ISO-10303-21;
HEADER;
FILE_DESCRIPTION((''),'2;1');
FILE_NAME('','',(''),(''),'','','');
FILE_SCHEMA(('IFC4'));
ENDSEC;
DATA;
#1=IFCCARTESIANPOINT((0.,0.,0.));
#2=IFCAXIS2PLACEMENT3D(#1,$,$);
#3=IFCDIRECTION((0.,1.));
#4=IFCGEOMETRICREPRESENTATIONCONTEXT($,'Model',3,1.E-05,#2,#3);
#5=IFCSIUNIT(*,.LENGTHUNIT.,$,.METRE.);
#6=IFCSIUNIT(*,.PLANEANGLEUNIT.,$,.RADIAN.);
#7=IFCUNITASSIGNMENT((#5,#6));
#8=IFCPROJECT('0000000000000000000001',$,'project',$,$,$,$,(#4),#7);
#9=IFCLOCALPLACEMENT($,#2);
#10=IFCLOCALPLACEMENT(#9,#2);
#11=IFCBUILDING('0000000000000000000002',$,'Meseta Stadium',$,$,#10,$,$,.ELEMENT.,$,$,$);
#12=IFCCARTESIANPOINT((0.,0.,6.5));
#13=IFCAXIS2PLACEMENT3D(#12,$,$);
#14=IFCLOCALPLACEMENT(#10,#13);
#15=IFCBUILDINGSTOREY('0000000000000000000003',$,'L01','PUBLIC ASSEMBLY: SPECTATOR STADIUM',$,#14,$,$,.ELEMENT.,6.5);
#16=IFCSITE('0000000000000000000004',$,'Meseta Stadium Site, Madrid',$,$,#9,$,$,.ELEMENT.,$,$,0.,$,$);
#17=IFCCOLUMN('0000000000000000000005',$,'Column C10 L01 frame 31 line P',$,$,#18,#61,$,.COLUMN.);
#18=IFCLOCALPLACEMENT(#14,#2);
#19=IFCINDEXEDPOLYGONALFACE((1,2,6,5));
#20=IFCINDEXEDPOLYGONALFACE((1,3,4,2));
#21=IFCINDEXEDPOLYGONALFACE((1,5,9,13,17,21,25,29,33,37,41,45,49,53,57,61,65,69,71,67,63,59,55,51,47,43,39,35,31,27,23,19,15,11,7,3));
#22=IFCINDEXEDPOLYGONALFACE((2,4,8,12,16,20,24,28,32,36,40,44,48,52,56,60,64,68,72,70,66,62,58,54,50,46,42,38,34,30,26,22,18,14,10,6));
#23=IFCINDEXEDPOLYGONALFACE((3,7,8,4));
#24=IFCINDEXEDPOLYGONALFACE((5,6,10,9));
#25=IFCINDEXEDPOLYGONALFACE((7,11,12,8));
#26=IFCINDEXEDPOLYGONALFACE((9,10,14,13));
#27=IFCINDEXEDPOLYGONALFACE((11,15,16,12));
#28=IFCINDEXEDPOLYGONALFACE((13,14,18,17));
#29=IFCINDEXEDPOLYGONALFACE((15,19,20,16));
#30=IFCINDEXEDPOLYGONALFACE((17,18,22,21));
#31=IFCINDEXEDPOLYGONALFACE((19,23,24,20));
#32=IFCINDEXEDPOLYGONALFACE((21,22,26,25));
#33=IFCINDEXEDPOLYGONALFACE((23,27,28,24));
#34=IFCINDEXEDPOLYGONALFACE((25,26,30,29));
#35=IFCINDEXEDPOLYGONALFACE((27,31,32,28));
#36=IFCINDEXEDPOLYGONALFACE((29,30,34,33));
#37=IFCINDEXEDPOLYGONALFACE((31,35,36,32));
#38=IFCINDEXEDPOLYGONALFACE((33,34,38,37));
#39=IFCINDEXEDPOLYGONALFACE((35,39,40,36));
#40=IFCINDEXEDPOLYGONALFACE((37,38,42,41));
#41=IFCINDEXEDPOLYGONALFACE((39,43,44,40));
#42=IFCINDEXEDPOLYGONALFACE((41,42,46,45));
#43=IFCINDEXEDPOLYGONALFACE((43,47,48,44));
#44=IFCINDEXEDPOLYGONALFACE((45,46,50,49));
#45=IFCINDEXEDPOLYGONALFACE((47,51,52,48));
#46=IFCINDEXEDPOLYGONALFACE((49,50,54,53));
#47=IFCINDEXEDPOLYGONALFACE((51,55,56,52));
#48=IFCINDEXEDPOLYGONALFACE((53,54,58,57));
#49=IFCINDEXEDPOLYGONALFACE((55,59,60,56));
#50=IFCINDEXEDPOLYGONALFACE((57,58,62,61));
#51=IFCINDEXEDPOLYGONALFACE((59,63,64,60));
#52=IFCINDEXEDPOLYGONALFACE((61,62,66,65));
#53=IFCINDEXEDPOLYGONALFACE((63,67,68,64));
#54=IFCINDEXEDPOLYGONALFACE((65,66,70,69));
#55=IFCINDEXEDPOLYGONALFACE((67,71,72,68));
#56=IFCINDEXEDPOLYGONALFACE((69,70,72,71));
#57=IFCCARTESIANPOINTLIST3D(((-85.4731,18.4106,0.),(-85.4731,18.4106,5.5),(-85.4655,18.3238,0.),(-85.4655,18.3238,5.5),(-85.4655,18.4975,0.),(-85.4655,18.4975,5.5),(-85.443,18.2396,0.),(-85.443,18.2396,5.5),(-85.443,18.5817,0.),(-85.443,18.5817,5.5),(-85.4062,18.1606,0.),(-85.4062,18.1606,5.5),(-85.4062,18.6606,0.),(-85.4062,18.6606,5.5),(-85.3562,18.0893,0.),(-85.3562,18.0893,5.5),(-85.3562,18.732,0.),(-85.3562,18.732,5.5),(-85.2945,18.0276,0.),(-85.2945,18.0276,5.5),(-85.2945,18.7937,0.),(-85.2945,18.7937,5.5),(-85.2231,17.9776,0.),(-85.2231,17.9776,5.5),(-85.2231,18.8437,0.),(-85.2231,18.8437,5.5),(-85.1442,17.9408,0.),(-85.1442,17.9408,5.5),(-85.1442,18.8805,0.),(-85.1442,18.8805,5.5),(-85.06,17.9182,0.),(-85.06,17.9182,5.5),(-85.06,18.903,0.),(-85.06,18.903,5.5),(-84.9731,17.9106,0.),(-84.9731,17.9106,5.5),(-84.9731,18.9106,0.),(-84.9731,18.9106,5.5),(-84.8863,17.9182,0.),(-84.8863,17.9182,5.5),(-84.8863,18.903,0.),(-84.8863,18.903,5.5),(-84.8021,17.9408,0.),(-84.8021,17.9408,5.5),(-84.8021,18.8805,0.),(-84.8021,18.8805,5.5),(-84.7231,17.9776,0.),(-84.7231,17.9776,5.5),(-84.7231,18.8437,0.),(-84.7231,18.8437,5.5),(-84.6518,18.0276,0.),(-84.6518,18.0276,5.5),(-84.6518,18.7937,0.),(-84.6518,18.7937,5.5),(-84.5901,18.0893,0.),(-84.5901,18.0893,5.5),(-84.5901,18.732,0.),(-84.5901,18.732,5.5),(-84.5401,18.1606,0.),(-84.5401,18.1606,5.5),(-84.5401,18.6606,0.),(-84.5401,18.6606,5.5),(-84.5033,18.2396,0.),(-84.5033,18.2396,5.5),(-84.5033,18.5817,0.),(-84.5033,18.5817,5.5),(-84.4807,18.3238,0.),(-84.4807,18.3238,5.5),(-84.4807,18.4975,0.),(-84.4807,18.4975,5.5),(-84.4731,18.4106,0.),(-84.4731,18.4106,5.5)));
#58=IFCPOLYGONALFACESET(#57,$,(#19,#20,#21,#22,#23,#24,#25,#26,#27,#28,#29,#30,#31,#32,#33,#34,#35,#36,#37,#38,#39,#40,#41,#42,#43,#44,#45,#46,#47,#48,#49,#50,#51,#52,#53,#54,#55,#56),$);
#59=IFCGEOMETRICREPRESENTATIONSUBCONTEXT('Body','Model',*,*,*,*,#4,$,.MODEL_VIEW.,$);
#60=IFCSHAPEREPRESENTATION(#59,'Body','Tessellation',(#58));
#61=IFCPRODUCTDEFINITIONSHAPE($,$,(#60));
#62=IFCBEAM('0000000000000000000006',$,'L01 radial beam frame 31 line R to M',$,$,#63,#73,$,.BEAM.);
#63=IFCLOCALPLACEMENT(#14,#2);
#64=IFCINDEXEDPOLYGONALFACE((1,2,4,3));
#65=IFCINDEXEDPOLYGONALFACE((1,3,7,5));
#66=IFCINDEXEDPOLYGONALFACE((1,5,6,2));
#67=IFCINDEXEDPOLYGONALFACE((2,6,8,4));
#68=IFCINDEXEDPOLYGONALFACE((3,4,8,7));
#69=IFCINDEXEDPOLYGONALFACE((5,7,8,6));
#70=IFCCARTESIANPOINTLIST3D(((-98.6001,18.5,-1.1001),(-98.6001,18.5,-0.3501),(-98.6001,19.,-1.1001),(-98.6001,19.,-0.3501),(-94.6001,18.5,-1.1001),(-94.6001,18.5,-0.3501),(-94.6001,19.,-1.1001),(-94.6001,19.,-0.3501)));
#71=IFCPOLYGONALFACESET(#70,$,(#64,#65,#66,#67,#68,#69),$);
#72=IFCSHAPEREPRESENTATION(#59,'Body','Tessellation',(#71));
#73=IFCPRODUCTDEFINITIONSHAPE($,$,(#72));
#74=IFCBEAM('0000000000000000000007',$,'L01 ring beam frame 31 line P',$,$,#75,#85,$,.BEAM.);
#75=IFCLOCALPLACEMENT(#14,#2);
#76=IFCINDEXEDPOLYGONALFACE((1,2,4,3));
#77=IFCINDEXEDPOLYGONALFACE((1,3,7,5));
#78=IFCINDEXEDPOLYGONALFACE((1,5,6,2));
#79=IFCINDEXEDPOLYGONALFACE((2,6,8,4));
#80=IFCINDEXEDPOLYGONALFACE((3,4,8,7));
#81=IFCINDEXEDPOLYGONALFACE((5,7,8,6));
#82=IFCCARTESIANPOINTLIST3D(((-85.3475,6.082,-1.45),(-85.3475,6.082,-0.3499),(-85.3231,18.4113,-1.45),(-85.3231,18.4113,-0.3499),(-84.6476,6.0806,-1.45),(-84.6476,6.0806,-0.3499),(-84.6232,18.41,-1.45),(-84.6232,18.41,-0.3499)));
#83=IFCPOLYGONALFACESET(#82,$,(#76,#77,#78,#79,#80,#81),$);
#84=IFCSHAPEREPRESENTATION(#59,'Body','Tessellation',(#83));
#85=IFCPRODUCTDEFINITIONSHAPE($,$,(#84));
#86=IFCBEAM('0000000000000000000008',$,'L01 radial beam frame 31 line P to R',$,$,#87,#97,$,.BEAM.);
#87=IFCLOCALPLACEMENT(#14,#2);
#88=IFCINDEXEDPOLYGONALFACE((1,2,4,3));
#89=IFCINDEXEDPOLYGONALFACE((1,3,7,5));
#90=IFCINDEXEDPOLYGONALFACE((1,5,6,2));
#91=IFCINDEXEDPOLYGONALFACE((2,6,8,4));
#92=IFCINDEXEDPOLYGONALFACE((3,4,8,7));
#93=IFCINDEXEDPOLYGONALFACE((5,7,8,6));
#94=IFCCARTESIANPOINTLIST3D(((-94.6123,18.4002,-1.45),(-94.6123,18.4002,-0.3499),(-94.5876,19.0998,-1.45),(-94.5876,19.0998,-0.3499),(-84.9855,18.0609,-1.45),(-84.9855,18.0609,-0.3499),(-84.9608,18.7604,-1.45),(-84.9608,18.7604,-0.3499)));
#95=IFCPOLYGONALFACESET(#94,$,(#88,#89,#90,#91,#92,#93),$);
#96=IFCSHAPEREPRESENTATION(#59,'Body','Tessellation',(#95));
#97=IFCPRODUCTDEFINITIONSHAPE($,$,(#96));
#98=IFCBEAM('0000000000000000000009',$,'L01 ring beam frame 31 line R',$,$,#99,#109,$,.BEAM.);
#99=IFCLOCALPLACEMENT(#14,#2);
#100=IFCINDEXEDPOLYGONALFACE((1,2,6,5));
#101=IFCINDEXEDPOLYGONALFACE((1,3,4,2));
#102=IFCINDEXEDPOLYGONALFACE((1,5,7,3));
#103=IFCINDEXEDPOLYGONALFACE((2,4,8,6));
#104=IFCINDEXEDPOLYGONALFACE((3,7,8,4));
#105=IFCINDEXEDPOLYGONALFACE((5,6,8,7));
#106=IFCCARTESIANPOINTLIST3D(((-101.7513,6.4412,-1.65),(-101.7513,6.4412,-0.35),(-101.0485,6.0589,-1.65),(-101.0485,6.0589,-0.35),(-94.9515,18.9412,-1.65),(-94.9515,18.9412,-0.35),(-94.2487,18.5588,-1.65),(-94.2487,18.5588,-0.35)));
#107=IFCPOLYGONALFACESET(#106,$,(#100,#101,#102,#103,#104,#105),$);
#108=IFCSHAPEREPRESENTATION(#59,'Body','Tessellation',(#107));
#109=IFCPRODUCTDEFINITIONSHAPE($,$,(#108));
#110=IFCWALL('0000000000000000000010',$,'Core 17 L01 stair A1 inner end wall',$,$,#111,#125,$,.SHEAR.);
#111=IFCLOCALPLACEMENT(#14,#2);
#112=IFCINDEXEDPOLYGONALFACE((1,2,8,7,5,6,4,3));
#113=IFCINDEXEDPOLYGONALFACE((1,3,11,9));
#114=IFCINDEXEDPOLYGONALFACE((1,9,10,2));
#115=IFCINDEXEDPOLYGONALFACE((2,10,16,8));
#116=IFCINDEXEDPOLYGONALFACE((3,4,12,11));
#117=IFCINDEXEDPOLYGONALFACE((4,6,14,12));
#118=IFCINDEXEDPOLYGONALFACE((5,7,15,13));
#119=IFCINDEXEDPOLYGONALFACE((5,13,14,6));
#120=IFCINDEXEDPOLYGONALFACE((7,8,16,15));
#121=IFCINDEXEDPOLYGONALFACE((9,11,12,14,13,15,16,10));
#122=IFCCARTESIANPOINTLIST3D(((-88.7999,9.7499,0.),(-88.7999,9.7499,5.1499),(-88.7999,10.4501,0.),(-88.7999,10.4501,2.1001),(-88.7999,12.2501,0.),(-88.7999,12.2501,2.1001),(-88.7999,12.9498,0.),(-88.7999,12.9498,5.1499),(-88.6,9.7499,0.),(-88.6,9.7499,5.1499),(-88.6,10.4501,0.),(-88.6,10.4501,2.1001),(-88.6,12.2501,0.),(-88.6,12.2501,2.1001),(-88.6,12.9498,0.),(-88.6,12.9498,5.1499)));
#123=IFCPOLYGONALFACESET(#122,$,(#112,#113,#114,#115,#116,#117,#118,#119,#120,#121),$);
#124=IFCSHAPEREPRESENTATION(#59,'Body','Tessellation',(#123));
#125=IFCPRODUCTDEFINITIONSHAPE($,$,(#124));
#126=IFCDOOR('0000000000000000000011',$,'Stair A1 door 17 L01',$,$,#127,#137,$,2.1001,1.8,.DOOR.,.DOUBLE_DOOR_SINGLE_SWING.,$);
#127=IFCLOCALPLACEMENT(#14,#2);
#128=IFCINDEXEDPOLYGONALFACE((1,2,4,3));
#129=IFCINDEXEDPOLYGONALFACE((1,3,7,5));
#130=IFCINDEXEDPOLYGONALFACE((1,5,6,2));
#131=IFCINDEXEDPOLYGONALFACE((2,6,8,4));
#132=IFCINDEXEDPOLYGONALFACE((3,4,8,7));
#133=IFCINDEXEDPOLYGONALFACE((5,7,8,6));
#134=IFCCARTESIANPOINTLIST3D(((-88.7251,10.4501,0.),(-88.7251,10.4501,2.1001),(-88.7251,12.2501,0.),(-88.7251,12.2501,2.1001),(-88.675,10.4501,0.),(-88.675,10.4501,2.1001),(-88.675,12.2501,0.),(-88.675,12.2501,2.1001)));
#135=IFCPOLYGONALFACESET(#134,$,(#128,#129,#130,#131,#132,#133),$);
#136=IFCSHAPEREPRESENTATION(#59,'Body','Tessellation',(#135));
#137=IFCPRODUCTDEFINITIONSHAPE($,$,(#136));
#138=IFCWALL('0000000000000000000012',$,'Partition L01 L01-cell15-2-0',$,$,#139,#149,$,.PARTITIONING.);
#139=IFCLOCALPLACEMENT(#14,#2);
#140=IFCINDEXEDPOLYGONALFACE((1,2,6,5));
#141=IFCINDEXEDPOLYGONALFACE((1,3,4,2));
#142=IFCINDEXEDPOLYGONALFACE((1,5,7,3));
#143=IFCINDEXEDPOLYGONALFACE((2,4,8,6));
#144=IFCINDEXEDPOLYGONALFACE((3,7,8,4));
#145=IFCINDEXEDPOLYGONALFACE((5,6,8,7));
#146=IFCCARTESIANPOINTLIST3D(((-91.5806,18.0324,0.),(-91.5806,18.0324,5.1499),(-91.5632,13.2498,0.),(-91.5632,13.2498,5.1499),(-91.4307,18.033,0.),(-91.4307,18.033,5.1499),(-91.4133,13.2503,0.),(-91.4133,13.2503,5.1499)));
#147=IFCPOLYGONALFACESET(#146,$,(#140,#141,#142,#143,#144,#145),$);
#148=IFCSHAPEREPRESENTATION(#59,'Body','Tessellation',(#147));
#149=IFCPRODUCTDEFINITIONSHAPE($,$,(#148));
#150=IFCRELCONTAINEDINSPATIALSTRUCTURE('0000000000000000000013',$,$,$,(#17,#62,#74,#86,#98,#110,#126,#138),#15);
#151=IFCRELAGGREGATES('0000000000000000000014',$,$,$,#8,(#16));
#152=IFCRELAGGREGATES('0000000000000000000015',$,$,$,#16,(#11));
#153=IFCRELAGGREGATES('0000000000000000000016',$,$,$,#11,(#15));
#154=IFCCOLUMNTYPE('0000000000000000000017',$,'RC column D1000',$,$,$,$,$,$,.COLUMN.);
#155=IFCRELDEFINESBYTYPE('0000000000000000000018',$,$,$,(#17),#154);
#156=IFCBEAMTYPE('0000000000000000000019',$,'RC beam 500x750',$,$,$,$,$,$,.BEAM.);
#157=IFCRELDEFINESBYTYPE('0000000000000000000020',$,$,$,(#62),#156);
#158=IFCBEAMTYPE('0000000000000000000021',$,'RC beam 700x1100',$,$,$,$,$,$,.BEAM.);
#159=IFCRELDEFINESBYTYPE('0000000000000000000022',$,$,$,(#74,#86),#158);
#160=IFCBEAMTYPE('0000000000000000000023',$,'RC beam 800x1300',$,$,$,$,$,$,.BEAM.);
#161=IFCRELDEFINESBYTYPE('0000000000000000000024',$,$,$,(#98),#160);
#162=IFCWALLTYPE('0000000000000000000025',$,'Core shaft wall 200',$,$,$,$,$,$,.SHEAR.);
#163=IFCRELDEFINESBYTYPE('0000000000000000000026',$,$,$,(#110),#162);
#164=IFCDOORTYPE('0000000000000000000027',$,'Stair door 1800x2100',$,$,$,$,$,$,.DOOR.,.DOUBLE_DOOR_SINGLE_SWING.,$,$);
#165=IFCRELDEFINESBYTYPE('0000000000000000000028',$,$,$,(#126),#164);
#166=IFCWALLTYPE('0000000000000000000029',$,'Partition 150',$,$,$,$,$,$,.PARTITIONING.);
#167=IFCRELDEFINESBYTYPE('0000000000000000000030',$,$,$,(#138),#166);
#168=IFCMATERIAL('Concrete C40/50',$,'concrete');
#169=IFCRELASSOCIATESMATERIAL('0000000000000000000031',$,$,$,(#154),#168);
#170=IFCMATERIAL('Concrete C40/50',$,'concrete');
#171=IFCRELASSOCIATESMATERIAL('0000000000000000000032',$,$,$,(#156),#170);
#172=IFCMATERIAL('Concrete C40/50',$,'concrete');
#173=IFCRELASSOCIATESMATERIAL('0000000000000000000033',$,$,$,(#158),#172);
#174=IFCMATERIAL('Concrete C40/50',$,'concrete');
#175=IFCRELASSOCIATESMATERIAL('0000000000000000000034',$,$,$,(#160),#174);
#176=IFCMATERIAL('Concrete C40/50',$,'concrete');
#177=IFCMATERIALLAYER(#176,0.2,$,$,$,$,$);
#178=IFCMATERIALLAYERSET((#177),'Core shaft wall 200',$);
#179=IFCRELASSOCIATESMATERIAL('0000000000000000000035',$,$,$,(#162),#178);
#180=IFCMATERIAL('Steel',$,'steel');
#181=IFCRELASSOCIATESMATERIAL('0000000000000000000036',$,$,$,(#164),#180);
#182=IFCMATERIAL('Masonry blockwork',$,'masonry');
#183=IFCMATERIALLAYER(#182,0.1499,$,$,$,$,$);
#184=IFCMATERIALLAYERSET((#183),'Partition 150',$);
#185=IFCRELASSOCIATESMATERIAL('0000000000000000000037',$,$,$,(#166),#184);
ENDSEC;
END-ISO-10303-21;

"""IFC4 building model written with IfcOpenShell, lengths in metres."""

from ifc_helpers import new_model, si_unit, direction, frame, frame_2d, origin, origin_2d, place, context, subcontext, project, spatial, rectangle, circle, extrude, material, layer, layer_set, material_profile, profile_set, type_object, element, fill, save


model = new_model("IFC4")

# Units and contexts
model_context = context("Model", 3, precision=1e-05, world=origin(), true_north=direction((0.0, 1.0)))
body_context = subcontext(model_context, "Body", "Model", "MODEL_VIEW")
ifc_project = project(units=[si_unit("LENGTHUNIT", "METRE"), si_unit("PLANEANGLEUNIT", "RADIAN")], contexts=[model_context])

# Site, building, storey
site_placement = place(None, origin())
site = spatial("IfcSite", under=ifc_project, at=site_placement, Name="Meseta Stadium Site, Madrid", CompositionType="ELEMENT", RefElevation=0.0)
building_placement = place(site_placement, origin())
building = spatial("IfcBuilding", under=site, at=building_placement, Name="Meseta Stadium", CompositionType="ELEMENT")
storey_placement = place(building_placement, frame((0.0, 0.0, 6.5)))
storey = spatial("IfcBuildingStorey", under=building, at=storey_placement, Name="L01", Description="PUBLIC ASSEMBLY: SPECTATOR STADIUM", CompositionType="ELEMENT", Elevation=6.5)

# Column
ifc_material_1 = material(Name="Concrete C40/50", Category="concrete")
ifc_material_profile_1 = material_profile(ifc_material_1, circle(Radius=0.5, at=origin_2d()), Name="RC D1000")
ifc_profile_set_1 = profile_set([ifc_material_profile_1], Name="Concrete C40/50")
column_type = type_object("IfcColumnType", Name="RC column D1000", PredefinedType="COLUMN", material=ifc_profile_set_1)
column_placement = place(storey_placement, frame((-84.9731, 18.4106, 0.0), z_axis=(0.0, 0.0, 1.0), x_axis=(1.0, 0.0, 0.0)))
element("IfcColumn", 1, at=column_placement, inside=storey, type_object=column_type, Name="Column C10 L01 frame 31 line P", PredefinedType="COLUMN", context=body_context, shape_type="SweptSolid", body=[
    extrude(circle(Radius=0.5, at=origin_2d()), origin(), (0.0, 0.0, 1.0), 5.5),
])

# Beams
ifc_material_2 = material(Name="Concrete C40/50", Category="concrete")
ifc_material_profile_2 = material_profile(ifc_material_2, rectangle(XDim=0.5, YDim=0.75, at=origin_2d()), Name="RC 500x750")
ifc_profile_set_2 = profile_set([ifc_material_profile_2], Name="Concrete C40/50")
beam_type_1 = type_object("IfcBeamType", Name="RC beam 500x750", PredefinedType="BEAM", material=ifc_profile_set_2)
beam_1_placement = place(storey_placement, frame((-94.6001, 18.75, -0.7251), z_axis=(-1.0, 0.0, 0.0), x_axis=(0.0, -1.0, 0.0)))
element("IfcBeam", 2, at=beam_1_placement, inside=storey, type_object=beam_type_1, Name="L01 radial beam frame 31 line R to M", PredefinedType="BEAM", context=body_context, shape_type="SweptSolid", body=[
    extrude(rectangle(XDim=0.5, YDim=0.75, at=origin_2d()), origin(), (0.0, 0.0, 1.0), 4.0),
])
ifc_material_3 = material(Name="Concrete C40/50", Category="concrete")
ifc_material_profile_3 = material_profile(ifc_material_3, rectangle(XDim=0.7, YDim=1.1001, at=origin_2d()), Name="RC 700x1100")
ifc_profile_set_3 = profile_set([ifc_material_profile_3], Name="Concrete C40/50")
beam_type_2 = type_object("IfcBeamType", Name="RC beam 700x1100", PredefinedType="BEAM", material=ifc_profile_set_3)
beam_2_placement = place(storey_placement, frame((-84.9731, 18.4106, -0.8999), z_axis=(-0.00198, -0.999998, 0.0), x_axis=(0.999998, -0.00198, 0.0)))
element("IfcBeam", 3, at=beam_2_placement, inside=storey, type_object=beam_type_2, Name="L01 ring beam frame 31 line P", PredefinedType="BEAM", context=body_context, shape_type="SweptSolid", body=[
    extrude(rectangle(XDim=0.7, YDim=1.1001, at=origin_2d()), origin(), (0.0, 0.0, 1.0), 12.3293),
])
beam_3_placement = place(storey_placement, frame((-84.9731, 18.4106, -0.8999), z_axis=(-0.999379, 0.035229, 0.0), x_axis=(-0.035229, -0.999379, 0.0)))
element("IfcBeam", 4, at=beam_3_placement, inside=storey, type_object=beam_type_2, Name="L01 radial beam frame 31 line P to R", PredefinedType="BEAM", context=body_context, shape_type="SweptSolid", body=[
    extrude(rectangle(XDim=0.7, YDim=1.1001, at=origin_2d()), origin(), (0.0, 0.0, 1.0), 9.6328),
])
ifc_material_4 = material(Name="Concrete C40/50", Category="concrete")
ifc_material_profile_4 = material_profile(ifc_material_4, rectangle(XDim=0.8, YDim=1.3, at=origin_2d()), Name="RC 800x1300")
ifc_profile_set_4 = profile_set([ifc_material_profile_4], Name="Concrete C40/50")
beam_type_3 = type_object("IfcBeamType", Name="RC beam 800x1300", PredefinedType="BEAM", material=ifc_profile_set_4)
beam_4_placement = place(storey_placement, frame((-94.6001, 18.75, -1.0), z_axis=(-0.477856, -0.878438, 0.0), x_axis=(0.878438, -0.477856, 0.0)))
element("IfcBeam", 5, at=beam_4_placement, inside=storey, type_object=beam_type_3, Name="L01 ring beam frame 31 line R", PredefinedType="BEAM", context=body_context, shape_type="SweptSolid", body=[
    extrude(rectangle(XDim=0.8, YDim=1.3, at=origin_2d()), origin(), (0.0, 0.0, 1.0), 14.2297),
])

# Wall, opening, door
ifc_material_5 = material(Name="Concrete C40/50", Category="concrete")
ifc_layer_1 = layer(ifc_material_5, 0.2)
ifc_layer_set_1 = layer_set([ifc_layer_1], Name="Core shaft wall 200")
wall_type_1 = type_object("IfcWallType", Name="Core shaft wall 200", PredefinedType="SHEAR", material=ifc_layer_set_1)
wall_1_placement = place(storey_placement, frame((-88.7, 12.95, 0.0), z_axis=(0.0, 0.0, 1.0), x_axis=(0.0, -1.0, 0.0)))
wall_1 = element("IfcWall", 6, at=wall_1_placement, inside=storey, type_object=wall_type_1, Name="Core 17 L01 stair A1 inner end wall", PredefinedType="SHEAR", context=body_context, shape_type="SweptSolid", body=[
    extrude(rectangle(XDim=3.2, YDim=0.2, at=frame_2d((1.6001, 0.0))), origin(), (0.0, 0.0, 1.0), 5.1499),
])
opening_1_placement = place(wall_1_placement, frame((0.7, 0.0, 0.0)))
opening_1 = element("IfcOpeningElement", 7, at=opening_1_placement, cuts=wall_1, PredefinedType="OPENING", context=body_context, shape_type="SweptSolid", body=[
    extrude(rectangle(XDim=1.8, YDim=2.1001, at=frame_2d((0.8999, 1.05))), frame((0.0, 0.1099, 0.0), z_axis=(0.0, -1.0, 0.0), x_axis=(1.0, 0.0, 0.0)), (0.0, 0.0, 1.0), 0.22),
])
ifc_material_6 = material(Name="Steel", Category="steel")
door_type_1 = type_object("IfcDoorType", Name="Stair door 1800x2100", OperationType="DOUBLE_DOOR_SINGLE_SWING", PredefinedType="DOOR", material=ifc_material_6)
door_1_placement = place(opening_1_placement, origin())
door_1 = element("IfcDoor", 8, at=door_1_placement, inside=storey, type_object=door_type_1, Name="Stair A1 door 17 L01", OperationType="DOUBLE_DOOR_SINGLE_SWING", OverallHeight=2.1001, OverallWidth=1.8, PredefinedType="DOOR", context=body_context, shape_type="SweptSolid", body=[
    extrude(rectangle(XDim=1.8, YDim=2.1001, at=frame_2d((0.8999, 1.05))), frame((0.0, 0.0249, 0.0), z_axis=(0.0, -1.0, 0.0), x_axis=(1.0, 0.0, 0.0)), (0.0, 0.0, 1.0), 0.05),
])
fill(opening_1, door_1)

# Wall
ifc_material_7 = material(Name="Masonry blockwork", Category="masonry")
ifc_layer_2 = layer(ifc_material_7, 0.1499)
ifc_layer_set_2 = layer_set([ifc_layer_2], Name="Partition 150")
wall_type_2 = type_object("IfcWallType", Name="Partition 150", PredefinedType="PARTITIONING", material=ifc_layer_set_2)
wall_2_placement = place(storey_placement, frame((-91.5056, 18.0327, 0.0), z_axis=(0.0, 0.0, 1.0), x_axis=(0.003624, -0.999993, 0.0)))
element("IfcWall", 9, at=wall_2_placement, inside=storey, type_object=wall_type_2, Name="Partition L01 L01-cell15-2-0", PredefinedType="PARTITIONING", context=body_context, shape_type="SweptSolid", body=[
    extrude(rectangle(XDim=4.7827, YDim=0.1499, at=frame_2d((2.3914, 0.0))), origin(), (0.0, 0.0, 1.0), 5.1499),
])

save(model, "model.ifc")
